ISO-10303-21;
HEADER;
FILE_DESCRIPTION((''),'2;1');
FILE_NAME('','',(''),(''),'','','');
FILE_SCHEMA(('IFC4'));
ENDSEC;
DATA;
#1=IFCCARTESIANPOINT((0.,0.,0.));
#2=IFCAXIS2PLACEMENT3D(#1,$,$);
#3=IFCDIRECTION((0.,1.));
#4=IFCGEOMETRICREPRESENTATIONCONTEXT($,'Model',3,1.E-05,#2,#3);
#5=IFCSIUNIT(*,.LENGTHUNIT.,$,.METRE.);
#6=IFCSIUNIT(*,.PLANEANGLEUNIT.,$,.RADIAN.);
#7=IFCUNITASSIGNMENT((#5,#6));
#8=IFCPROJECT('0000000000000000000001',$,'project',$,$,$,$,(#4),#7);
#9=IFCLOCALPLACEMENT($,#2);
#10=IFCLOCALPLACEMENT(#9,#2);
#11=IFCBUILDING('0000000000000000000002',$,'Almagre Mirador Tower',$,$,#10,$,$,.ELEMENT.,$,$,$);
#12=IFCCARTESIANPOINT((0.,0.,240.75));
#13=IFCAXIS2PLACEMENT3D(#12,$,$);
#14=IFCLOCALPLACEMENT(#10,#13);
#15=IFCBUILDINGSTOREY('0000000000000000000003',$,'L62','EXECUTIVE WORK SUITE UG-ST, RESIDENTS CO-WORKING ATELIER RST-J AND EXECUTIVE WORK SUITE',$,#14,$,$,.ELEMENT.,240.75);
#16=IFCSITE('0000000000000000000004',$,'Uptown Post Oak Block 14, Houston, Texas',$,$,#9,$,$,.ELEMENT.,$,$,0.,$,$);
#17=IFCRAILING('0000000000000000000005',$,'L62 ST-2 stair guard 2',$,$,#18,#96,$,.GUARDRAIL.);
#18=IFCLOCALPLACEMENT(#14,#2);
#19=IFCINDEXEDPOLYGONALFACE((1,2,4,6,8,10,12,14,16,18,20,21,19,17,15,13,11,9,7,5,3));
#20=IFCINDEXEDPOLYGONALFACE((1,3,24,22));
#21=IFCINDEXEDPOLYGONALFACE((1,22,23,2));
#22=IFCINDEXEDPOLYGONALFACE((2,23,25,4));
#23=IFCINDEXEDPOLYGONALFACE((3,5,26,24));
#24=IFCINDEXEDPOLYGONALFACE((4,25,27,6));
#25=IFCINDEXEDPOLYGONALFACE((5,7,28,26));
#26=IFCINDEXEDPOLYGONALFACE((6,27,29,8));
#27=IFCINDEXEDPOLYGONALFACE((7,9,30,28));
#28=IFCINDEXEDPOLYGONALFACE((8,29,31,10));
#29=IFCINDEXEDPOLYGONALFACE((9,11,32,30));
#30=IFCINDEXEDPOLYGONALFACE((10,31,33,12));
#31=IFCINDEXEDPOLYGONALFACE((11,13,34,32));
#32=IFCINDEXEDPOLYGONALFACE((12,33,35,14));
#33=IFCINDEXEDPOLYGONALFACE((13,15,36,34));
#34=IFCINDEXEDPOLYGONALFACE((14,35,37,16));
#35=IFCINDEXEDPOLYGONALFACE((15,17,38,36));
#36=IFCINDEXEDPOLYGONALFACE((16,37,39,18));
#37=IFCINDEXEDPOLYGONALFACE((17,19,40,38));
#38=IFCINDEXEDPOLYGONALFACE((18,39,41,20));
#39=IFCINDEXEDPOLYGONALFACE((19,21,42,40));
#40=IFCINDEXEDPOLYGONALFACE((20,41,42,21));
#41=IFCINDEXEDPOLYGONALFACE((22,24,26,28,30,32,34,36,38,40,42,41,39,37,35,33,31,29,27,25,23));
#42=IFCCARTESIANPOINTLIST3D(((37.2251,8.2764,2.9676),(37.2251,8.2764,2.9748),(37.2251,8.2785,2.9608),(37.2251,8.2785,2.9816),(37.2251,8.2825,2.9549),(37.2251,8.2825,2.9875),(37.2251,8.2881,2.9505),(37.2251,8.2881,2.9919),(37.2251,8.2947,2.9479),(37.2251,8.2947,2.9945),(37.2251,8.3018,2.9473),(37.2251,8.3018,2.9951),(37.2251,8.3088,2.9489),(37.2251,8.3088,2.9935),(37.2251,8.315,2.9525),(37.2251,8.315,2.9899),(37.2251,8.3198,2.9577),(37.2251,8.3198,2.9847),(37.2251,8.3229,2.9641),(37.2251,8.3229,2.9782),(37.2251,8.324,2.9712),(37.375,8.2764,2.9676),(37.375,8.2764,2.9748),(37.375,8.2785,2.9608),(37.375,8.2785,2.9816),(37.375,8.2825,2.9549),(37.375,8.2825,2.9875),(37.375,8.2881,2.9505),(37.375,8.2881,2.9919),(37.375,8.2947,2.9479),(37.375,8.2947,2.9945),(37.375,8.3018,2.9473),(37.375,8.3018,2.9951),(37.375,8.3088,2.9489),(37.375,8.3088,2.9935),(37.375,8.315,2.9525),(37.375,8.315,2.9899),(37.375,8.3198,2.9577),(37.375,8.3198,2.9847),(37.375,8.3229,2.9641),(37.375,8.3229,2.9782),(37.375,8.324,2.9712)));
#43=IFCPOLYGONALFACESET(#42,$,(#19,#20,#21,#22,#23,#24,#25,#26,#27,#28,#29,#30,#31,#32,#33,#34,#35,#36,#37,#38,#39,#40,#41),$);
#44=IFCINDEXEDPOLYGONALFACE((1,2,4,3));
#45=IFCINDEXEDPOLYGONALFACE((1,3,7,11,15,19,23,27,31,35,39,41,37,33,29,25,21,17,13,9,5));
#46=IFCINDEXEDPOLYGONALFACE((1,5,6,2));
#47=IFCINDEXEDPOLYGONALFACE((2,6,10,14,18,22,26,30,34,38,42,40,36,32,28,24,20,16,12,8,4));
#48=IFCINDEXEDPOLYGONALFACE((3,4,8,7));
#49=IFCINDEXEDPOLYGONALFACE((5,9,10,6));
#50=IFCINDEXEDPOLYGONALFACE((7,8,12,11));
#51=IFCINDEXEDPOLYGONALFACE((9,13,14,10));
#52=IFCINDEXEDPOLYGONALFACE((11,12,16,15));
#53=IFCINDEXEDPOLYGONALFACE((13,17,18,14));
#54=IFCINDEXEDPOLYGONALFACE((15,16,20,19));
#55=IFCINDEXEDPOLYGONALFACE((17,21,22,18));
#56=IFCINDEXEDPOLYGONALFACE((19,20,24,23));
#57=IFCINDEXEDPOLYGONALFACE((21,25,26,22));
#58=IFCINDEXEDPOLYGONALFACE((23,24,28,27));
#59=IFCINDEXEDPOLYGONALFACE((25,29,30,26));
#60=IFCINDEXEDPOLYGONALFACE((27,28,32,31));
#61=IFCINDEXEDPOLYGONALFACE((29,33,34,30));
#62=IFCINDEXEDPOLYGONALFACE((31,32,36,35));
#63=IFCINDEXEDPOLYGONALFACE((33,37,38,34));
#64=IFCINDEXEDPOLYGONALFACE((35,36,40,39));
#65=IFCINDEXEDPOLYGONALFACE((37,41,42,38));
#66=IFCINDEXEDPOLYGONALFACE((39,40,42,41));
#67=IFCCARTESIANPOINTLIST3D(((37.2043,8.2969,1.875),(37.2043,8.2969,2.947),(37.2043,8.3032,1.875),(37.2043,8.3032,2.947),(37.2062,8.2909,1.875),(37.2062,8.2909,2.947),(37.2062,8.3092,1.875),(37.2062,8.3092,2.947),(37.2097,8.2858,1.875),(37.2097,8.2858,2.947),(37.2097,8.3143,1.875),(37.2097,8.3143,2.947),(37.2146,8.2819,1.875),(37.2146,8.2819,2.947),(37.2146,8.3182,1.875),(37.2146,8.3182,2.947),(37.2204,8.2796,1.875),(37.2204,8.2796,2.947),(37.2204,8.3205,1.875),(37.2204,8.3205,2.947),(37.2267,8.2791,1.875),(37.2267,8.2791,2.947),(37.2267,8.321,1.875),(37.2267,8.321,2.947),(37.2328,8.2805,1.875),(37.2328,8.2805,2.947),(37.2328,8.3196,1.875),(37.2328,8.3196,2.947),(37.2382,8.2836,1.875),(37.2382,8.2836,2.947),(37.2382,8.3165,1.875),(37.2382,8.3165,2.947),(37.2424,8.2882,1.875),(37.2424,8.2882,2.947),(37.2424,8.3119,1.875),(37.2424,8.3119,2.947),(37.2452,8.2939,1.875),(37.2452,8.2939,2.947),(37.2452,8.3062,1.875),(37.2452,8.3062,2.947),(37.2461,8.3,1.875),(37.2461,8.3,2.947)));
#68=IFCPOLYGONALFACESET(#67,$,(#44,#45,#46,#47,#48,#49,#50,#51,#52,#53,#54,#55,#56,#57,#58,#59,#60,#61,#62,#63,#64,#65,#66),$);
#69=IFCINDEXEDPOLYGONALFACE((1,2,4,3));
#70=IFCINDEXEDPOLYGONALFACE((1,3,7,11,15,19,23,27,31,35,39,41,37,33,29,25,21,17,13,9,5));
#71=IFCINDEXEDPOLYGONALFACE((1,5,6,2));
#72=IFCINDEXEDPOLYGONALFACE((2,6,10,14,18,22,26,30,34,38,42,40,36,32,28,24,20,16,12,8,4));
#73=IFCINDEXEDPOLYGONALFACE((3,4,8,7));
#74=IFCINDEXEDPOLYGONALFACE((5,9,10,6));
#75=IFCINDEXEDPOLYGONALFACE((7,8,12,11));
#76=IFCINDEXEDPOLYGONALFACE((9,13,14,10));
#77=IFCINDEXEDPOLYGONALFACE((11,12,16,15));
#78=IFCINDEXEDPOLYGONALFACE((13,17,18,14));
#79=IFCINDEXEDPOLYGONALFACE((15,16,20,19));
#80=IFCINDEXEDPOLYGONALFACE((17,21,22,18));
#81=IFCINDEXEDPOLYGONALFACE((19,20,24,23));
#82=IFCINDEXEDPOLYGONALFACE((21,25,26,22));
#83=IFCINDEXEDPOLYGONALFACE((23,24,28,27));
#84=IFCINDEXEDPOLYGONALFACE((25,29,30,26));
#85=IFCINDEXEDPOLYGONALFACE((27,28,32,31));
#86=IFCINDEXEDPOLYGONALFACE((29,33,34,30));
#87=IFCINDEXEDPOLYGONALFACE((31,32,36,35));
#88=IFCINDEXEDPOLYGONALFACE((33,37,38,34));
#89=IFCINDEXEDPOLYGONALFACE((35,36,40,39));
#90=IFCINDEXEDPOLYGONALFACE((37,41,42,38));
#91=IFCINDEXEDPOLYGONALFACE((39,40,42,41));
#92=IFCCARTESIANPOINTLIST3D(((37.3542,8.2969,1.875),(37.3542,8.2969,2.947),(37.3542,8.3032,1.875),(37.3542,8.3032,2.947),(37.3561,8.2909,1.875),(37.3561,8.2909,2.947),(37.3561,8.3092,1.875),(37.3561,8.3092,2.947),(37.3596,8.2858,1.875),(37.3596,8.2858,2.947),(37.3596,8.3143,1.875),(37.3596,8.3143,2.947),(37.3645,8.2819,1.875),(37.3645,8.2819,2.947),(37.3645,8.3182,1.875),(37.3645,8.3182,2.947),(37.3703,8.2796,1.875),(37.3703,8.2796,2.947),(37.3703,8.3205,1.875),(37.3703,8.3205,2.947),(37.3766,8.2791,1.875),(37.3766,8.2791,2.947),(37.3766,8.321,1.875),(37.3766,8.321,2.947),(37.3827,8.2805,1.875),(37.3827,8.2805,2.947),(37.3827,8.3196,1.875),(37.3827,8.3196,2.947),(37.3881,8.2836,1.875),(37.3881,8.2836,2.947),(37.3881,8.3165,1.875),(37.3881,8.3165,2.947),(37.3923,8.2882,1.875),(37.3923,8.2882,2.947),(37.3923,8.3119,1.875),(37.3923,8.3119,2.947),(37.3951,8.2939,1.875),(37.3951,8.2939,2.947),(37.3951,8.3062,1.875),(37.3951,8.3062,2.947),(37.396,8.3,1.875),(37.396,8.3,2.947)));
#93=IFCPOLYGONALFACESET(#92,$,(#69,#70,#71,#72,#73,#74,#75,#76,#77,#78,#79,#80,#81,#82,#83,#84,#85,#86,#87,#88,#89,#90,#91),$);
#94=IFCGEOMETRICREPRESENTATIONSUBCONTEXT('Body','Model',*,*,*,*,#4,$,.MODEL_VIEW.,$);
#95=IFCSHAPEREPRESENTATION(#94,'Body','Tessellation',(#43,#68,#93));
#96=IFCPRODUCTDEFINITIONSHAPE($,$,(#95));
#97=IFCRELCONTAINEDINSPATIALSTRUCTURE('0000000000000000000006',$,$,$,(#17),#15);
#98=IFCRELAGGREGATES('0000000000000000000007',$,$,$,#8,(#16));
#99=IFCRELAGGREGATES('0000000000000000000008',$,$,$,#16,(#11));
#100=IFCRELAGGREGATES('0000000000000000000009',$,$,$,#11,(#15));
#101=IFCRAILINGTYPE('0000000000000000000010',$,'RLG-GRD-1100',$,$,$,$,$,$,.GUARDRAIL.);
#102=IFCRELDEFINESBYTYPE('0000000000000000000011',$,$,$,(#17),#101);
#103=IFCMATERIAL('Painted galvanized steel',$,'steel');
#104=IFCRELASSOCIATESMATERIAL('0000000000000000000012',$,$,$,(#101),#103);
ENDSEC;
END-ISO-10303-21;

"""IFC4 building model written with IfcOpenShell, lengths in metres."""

from ifc_helpers import new_model, si_unit, direction, frame, origin, origin_2d, place, context, subcontext, project, spatial, circle, extrude, material, type_object, element, save


model = new_model("IFC4")

# Units and contexts
model_context = context("Model", 3, precision=1e-05, world=origin(), true_north=direction((0.0, 1.0)))
body_context = subcontext(model_context, "Body", "Model", "MODEL_VIEW")
ifc_project = project(units=[si_unit("LENGTHUNIT", "METRE"), si_unit("PLANEANGLEUNIT", "RADIAN")], contexts=[model_context])

# Site, building, storey
site_placement = place(None, origin())
site = spatial("IfcSite", under=ifc_project, at=site_placement, Name="Uptown Post Oak Block 14, Houston, Texas", CompositionType="ELEMENT", RefElevation=0.0)
building_placement = place(site_placement, origin())
building = spatial("IfcBuilding", under=site, at=building_placement, Name="Almagre Mirador Tower", CompositionType="ELEMENT")
storey_placement = place(building_placement, frame((0.0, 0.0, 240.75)))
storey = spatial("IfcBuildingStorey", under=building, at=storey_placement, Name="L62", Description="EXECUTIVE WORK SUITE UG-ST, RESIDENTS CO-WORKING ATELIER RST-J AND EXECUTIVE WORK SUITE", CompositionType="ELEMENT", Elevation=240.75)

# Railing
ifc_material_1 = material(Name="Painted galvanized steel", Category="steel")
railing_type_1 = type_object("IfcRailingType", Name="RLG-GRD-1100", PredefinedType="GUARDRAIL", material=ifc_material_1)
railing_1_placement = place(storey_placement, frame((37.2251, 8.3, 1.875)))
element("IfcRailing", 1, at=railing_1_placement, inside=storey, type_object=railing_type_1, Name="L62 ST-2 stair guard 2", PredefinedType="GUARDRAIL", context=body_context, shape_type="SweptSolid", body=[
    extrude(circle(Radius=0.0239, at=origin_2d()), frame((0.0, 0.0, 1.0962), z_axis=(1.0, 0.0, 0.0), x_axis=(0.0, 1.0, 0.0)), (0.0, 0.0, 1.0), 0.1499),
    extrude(circle(Radius=0.021, at=origin_2d()), origin(), (0.0, 0.0, 1.0), 1.072),
    extrude(circle(Radius=0.021, at=origin_2d()), frame((0.1499, 0.0, 0.0)), (0.0, 0.0, 1.0), 1.072),
])

save(model, "model.ifc")
